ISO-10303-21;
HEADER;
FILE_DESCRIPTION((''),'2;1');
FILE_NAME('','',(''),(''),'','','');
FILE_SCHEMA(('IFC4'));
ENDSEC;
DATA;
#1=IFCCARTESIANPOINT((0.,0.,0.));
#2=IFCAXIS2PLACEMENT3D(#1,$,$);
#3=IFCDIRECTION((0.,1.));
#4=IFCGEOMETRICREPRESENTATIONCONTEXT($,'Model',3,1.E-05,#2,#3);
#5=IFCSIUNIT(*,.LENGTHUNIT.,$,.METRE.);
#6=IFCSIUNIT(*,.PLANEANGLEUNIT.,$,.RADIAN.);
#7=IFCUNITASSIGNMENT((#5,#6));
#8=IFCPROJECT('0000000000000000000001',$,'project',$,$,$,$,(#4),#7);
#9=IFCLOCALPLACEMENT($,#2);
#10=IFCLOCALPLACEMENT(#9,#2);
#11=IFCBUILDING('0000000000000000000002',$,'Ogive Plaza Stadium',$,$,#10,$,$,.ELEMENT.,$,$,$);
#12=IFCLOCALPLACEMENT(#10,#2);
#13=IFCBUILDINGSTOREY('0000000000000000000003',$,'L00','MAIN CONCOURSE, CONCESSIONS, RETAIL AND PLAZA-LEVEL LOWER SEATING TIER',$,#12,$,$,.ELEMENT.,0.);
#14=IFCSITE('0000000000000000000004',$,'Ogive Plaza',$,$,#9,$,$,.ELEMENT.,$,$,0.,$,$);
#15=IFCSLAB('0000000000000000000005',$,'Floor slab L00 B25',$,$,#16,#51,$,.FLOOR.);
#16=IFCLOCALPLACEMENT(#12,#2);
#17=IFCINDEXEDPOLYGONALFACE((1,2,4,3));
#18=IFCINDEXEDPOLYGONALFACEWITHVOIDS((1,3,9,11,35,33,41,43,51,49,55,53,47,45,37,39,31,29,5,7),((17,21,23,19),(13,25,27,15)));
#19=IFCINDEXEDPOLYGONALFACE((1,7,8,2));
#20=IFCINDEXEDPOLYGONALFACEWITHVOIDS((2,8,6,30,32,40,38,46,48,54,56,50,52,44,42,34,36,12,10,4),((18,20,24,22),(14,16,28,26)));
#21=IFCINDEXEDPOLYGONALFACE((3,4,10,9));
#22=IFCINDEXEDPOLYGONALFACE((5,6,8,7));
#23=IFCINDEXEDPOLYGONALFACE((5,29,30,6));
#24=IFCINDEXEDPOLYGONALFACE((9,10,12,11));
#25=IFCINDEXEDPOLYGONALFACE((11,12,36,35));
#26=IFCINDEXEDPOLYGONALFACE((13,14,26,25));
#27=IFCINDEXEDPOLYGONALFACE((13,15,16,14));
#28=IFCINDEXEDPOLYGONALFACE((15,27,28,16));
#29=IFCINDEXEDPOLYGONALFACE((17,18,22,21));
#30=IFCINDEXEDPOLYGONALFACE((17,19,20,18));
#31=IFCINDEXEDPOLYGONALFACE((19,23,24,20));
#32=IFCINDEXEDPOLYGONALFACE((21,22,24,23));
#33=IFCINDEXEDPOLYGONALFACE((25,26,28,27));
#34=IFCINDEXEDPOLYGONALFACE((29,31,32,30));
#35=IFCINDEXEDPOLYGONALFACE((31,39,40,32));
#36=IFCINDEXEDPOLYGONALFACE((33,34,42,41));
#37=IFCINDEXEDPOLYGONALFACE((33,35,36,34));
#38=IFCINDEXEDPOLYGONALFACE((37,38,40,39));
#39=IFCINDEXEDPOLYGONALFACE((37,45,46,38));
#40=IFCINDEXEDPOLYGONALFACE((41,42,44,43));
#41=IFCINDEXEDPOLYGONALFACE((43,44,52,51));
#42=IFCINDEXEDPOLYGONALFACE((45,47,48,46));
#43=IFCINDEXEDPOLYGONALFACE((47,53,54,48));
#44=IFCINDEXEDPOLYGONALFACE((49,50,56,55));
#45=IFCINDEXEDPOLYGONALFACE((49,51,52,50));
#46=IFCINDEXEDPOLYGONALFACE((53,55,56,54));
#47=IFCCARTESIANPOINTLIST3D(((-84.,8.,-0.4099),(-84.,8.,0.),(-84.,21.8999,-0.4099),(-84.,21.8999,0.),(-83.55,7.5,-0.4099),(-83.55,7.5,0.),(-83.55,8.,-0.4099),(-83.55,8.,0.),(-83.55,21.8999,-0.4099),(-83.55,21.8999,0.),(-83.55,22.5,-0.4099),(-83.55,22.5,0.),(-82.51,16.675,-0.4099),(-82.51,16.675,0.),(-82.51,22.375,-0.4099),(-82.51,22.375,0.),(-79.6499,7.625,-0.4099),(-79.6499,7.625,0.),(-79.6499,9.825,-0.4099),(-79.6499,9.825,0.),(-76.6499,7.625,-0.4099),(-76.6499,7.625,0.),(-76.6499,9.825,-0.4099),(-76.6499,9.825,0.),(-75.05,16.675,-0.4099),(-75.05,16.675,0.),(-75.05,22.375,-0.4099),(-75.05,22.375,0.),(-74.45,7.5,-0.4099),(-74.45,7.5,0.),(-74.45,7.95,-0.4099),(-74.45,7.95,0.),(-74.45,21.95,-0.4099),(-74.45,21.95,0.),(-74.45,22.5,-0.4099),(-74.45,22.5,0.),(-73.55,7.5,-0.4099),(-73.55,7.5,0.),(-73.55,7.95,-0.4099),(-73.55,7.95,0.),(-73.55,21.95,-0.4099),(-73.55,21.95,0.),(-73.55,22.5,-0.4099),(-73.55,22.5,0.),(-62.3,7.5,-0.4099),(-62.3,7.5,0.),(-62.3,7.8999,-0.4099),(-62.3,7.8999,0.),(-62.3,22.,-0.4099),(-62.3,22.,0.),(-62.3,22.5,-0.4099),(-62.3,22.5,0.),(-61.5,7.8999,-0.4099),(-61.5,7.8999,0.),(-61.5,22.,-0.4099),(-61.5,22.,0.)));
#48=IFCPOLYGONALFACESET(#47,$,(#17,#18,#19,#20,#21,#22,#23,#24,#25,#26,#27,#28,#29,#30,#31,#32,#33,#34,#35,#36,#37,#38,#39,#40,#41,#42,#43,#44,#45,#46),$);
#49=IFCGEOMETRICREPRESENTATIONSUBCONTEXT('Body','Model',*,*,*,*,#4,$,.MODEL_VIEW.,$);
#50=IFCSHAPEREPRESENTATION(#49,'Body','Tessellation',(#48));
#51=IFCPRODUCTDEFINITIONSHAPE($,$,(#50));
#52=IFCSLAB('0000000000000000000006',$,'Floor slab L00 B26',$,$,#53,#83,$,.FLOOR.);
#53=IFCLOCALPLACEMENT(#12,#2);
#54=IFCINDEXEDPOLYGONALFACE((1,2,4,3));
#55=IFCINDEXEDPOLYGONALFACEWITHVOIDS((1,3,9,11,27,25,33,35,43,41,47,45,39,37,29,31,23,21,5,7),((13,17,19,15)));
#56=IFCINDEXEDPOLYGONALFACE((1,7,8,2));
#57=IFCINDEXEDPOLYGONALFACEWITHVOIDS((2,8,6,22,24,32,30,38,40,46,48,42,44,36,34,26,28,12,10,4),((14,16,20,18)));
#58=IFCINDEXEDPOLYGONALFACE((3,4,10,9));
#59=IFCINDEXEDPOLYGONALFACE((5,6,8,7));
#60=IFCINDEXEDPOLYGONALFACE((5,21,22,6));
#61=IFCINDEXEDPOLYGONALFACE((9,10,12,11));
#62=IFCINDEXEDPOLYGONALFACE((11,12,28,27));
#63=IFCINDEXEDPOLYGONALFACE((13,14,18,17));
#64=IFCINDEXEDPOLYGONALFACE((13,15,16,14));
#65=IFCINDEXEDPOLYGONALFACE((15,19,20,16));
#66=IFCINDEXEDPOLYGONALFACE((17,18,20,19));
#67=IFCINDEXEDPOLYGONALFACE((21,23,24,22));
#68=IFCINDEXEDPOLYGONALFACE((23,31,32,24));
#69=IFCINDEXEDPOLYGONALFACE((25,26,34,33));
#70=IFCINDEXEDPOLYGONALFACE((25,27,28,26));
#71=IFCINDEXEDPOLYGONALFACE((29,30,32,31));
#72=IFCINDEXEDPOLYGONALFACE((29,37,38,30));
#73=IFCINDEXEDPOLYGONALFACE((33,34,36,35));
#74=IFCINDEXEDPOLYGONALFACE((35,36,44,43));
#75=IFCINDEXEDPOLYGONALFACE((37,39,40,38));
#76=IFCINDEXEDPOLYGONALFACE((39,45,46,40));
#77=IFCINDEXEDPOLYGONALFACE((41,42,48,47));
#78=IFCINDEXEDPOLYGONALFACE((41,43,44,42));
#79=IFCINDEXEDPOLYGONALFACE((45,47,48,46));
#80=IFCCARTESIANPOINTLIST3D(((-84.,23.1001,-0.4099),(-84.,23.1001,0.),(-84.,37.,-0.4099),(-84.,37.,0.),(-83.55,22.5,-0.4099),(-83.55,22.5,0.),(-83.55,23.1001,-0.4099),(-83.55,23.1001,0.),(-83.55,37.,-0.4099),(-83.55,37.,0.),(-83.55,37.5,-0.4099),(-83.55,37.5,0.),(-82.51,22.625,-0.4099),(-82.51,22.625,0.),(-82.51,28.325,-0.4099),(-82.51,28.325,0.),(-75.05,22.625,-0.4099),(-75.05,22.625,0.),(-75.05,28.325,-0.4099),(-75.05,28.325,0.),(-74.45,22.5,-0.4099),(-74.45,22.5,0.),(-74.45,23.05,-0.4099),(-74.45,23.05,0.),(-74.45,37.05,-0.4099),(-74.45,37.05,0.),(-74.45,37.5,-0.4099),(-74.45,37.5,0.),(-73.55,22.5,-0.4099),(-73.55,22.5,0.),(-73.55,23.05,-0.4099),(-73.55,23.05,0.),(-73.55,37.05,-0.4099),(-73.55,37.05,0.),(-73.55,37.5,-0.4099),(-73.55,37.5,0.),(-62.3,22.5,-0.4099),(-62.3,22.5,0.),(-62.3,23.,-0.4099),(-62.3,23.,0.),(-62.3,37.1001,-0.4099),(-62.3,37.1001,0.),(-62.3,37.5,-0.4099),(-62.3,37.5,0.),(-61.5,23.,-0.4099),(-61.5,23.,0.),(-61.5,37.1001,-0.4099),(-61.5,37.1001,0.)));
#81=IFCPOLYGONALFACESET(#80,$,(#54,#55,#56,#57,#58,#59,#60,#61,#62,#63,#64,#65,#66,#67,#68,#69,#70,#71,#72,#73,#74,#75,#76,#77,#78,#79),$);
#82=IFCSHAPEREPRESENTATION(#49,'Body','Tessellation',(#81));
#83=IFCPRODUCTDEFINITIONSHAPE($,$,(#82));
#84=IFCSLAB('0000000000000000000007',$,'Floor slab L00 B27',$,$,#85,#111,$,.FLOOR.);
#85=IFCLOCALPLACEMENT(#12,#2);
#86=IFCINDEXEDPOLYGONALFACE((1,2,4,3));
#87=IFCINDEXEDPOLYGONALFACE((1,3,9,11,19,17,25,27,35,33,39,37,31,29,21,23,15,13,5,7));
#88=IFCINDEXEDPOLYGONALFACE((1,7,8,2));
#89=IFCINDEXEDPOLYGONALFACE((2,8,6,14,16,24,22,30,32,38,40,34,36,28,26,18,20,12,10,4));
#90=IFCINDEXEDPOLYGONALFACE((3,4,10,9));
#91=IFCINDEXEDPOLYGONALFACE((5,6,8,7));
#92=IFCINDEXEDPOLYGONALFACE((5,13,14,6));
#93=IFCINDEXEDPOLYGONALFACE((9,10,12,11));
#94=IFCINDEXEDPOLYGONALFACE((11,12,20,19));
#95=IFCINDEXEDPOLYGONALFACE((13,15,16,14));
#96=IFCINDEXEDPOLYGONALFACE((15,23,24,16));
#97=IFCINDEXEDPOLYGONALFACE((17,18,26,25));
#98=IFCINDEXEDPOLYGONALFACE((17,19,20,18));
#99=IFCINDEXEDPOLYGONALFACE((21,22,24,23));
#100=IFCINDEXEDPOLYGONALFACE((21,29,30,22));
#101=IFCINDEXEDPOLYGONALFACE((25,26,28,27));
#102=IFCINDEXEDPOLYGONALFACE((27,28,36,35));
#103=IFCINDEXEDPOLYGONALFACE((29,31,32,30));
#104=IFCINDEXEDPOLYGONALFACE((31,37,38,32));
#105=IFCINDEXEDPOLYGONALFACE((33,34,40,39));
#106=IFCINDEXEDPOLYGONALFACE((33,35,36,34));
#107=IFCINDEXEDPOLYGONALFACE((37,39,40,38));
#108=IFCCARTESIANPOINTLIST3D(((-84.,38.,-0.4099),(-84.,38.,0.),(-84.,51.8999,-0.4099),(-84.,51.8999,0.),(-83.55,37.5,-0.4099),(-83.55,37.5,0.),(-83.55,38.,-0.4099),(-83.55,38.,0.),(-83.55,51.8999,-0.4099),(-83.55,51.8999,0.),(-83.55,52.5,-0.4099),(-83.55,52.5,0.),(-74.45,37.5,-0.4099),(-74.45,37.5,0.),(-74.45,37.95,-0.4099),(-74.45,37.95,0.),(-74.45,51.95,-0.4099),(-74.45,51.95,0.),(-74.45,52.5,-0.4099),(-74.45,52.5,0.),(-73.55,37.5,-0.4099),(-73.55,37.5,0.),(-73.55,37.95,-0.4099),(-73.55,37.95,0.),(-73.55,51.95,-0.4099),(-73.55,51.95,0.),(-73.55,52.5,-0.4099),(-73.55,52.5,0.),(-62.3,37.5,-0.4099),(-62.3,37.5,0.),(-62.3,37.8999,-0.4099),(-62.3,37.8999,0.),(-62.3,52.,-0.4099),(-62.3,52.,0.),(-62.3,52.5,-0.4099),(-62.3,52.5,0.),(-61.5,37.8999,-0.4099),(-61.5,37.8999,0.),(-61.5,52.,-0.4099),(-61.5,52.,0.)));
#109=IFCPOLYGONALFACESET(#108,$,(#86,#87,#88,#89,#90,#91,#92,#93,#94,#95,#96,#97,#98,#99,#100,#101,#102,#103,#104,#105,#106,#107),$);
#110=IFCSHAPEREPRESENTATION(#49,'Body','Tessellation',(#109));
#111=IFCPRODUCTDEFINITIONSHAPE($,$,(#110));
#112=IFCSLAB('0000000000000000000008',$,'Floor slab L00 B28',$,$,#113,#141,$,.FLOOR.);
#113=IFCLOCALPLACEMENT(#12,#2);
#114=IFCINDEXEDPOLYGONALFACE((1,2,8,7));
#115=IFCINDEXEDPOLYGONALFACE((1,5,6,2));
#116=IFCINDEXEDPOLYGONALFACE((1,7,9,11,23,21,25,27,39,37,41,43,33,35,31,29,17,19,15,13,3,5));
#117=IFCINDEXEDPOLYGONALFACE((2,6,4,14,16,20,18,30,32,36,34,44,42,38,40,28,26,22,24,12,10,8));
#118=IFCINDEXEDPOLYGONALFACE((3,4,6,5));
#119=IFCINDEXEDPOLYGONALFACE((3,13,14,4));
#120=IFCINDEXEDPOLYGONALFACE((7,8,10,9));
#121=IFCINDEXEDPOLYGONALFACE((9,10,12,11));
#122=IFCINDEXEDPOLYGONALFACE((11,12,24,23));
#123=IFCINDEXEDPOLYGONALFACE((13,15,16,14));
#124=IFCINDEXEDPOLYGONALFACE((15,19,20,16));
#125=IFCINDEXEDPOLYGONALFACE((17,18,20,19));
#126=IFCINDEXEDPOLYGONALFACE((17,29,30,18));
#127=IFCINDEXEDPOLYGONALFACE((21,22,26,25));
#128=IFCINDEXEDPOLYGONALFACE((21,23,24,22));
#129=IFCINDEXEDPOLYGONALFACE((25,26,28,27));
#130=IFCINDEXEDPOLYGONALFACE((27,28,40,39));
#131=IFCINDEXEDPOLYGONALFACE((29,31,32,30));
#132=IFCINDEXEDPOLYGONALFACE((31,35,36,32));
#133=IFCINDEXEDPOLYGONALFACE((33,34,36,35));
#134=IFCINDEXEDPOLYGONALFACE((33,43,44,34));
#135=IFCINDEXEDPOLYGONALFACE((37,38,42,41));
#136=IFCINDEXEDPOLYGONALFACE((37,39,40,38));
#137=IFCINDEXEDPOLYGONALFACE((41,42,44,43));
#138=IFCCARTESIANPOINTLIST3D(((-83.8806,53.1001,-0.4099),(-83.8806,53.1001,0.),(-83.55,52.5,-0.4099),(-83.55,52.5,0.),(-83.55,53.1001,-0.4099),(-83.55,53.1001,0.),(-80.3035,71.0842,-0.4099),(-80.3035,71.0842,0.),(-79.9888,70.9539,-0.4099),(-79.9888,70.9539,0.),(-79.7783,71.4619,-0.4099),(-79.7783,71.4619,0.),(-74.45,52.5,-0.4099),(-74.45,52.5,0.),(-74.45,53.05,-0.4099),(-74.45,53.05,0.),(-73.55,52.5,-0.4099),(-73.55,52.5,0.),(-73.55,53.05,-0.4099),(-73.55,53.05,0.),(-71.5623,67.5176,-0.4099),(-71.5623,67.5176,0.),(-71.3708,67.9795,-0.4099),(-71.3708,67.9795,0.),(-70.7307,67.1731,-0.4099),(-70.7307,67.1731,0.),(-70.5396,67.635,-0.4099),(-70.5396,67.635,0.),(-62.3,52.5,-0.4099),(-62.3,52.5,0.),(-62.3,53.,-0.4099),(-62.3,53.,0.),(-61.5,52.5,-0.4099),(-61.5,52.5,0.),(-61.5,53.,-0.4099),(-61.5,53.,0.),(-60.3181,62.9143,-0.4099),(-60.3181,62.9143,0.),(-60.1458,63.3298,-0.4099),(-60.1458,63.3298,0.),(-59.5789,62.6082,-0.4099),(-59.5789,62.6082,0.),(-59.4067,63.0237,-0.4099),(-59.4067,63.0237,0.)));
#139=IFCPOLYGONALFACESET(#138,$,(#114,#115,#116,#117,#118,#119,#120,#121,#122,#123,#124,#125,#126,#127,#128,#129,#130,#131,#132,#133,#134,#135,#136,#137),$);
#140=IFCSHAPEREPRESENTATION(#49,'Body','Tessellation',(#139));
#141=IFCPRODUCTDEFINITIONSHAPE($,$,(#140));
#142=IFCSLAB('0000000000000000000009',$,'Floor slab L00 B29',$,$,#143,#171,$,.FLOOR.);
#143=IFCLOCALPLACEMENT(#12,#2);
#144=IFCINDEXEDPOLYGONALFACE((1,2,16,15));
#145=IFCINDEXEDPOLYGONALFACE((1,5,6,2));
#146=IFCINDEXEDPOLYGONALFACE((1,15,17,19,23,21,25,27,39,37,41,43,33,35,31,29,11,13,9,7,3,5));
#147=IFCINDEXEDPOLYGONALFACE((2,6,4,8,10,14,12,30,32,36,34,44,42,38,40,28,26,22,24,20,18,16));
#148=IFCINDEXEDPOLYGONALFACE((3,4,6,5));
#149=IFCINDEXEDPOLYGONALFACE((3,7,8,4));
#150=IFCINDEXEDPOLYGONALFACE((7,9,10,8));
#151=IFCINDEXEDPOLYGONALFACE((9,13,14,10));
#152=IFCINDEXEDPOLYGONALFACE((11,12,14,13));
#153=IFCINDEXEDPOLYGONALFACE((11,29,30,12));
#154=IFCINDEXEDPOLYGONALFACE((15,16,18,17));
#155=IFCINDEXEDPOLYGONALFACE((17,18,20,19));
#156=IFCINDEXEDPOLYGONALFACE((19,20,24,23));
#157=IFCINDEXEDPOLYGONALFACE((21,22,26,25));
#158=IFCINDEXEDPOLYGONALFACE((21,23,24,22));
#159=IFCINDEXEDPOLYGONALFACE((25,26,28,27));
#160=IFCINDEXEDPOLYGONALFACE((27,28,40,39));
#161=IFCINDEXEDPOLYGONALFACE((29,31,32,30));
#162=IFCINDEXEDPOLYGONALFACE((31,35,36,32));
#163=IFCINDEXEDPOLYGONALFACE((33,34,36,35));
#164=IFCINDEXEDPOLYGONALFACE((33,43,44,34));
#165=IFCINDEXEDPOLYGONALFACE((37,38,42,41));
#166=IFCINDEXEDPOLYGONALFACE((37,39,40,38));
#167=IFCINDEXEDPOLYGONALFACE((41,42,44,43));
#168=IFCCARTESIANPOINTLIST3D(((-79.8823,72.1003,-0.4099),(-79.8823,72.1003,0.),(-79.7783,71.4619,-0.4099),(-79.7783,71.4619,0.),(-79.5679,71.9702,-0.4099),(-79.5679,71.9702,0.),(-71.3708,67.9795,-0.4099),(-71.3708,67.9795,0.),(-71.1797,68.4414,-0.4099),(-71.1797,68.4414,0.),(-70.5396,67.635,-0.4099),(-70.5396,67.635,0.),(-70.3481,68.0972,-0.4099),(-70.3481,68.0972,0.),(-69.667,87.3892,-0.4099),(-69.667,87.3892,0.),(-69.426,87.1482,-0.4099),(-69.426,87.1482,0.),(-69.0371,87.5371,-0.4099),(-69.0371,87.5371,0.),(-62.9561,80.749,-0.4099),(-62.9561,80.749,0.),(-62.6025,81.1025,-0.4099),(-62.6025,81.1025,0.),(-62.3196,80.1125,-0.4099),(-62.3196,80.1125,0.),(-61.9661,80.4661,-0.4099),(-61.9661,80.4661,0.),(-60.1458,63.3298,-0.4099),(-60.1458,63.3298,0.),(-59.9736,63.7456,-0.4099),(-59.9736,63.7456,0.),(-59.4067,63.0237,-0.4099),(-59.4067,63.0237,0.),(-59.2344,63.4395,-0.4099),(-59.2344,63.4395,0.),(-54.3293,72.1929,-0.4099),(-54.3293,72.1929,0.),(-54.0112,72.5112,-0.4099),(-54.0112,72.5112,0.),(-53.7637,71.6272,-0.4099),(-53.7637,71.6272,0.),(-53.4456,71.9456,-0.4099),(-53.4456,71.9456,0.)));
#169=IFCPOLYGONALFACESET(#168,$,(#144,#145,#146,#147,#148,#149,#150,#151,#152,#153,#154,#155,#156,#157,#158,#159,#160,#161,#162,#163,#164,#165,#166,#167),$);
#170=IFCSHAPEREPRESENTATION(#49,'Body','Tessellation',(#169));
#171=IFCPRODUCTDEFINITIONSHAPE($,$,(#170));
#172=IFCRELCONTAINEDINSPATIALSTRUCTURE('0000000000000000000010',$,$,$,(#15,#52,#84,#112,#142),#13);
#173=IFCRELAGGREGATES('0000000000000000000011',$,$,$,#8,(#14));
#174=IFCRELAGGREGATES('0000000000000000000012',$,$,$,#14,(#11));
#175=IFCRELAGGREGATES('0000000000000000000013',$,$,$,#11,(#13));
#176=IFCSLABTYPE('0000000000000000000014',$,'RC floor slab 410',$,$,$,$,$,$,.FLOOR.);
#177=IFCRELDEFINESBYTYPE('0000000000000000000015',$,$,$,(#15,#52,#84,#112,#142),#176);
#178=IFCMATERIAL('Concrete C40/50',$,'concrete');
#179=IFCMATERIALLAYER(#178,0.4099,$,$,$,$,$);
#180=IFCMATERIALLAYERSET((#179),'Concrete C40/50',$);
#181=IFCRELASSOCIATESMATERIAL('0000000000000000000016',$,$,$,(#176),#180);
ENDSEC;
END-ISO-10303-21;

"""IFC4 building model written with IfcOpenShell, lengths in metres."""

from ifc_helpers import new_model, si_unit, direction, frame, origin, place, context, subcontext, project, spatial, polyline, outline, extrude, material, layer, layer_set, type_object, element, save


model = new_model("IFC4")

# Units and contexts
model_context = context("Model", 3, precision=1e-05, world=origin(), true_north=direction((0.0, 1.0)))
body_context = subcontext(model_context, "Body", "Model", "MODEL_VIEW")
ifc_project = project(units=[si_unit("LENGTHUNIT", "METRE"), si_unit("PLANEANGLEUNIT", "RADIAN")], contexts=[model_context])

# Site, building, storey
site_placement = place(None, origin())
site = spatial("IfcSite", under=ifc_project, at=site_placement, Name="Ogive Plaza", CompositionType="ELEMENT", RefElevation=0.0)
building_placement = place(site_placement, origin())
building = spatial("IfcBuilding", under=site, at=building_placement, Name="Ogive Plaza Stadium", CompositionType="ELEMENT")
storey_placement = place(building_placement, origin())
storey = spatial("IfcBuildingStorey", under=building, at=storey_placement, Name="L00", Description="MAIN CONCOURSE, CONCESSIONS, RETAIL AND PLAZA-LEVEL LOWER SEATING TIER", CompositionType="ELEMENT", Elevation=0.0)

# Slabs
ifc_material = material(Name="Concrete C40/50", Category="concrete")
ifc_layer = layer(ifc_material, 0.4099)
ifc_layer_set = layer_set([ifc_layer], Name="Concrete C40/50")
slab_type = type_object("IfcSlabType", Name="RC floor slab 410", PredefinedType="FLOOR", material=ifc_layer_set)
slab_1_placement = place(storey_placement, frame((0.0, 0.0, -0.4099)))
element("IfcSlab", 1, at=slab_1_placement, inside=storey, type_object=slab_type, Name="Floor slab L00 B25", PredefinedType="FLOOR", context=body_context, shape_type="SweptSolid", body=[
    extrude(outline(polyline([(-73.55, 22.5), (-73.55, 21.95), (-74.45, 21.95), (-74.45, 22.5), (-83.55, 22.5), (-83.55, 21.8999), (-84.0, 21.8999), (-84.0, 8.0), (-83.55, 8.0), (-83.55, 7.5), (-74.45, 7.5), (-74.45, 7.95), (-73.55, 7.95), (-73.55, 7.5), (-62.3, 7.5), (-62.3, 7.8999), (-61.5, 7.8999), (-61.5, 22.0), (-62.3, 22.0), (-62.3, 22.5), (-73.55, 22.5)]), holes=[polyline([(-76.6499, 9.825), (-79.6499, 9.825), (-79.6499, 7.625), (-76.6499, 7.625), (-76.6499, 9.825)]), polyline([(-75.05, 22.375), (-82.51, 22.375), (-82.51, 16.675), (-75.05, 16.675), (-75.05, 22.375)])]), origin(), (0.0, 0.0, 1.0), 0.4099),
])
slab_2_placement = place(storey_placement, frame((0.0, 0.0, -0.4099)))
element("IfcSlab", 2, at=slab_2_placement, inside=storey, type_object=slab_type, Name="Floor slab L00 B26", PredefinedType="FLOOR", context=body_context, shape_type="SweptSolid", body=[
    extrude(outline(polyline([(-73.55, 37.5), (-73.55, 37.05), (-74.45, 37.05), (-74.45, 37.5), (-83.55, 37.5), (-83.55, 37.0), (-84.0, 37.0), (-84.0, 23.1001), (-83.55, 23.1001), (-83.55, 22.5), (-74.45, 22.5), (-74.45, 23.05), (-73.55, 23.05), (-73.55, 22.5), (-62.3, 22.5), (-62.3, 23.0), (-61.5, 23.0), (-61.5, 37.1001), (-62.3, 37.1001), (-62.3, 37.5), (-73.55, 37.5)]), holes=[polyline([(-75.05, 28.325), (-82.51, 28.325), (-82.51, 22.625), (-75.05, 22.625), (-75.05, 28.325)])]), origin(), (0.0, 0.0, 1.0), 0.4099),
])
slab_3_placement = place(storey_placement, frame((0.0, 0.0, -0.4099)))
element("IfcSlab", 3, at=slab_3_placement, inside=storey, type_object=slab_type, Name="Floor slab L00 B27", PredefinedType="FLOOR", context=body_context, shape_type="SweptSolid", body=[
    extrude(outline(polyline([(-73.55, 52.5), (-73.55, 51.95), (-74.45, 51.95), (-74.45, 52.5), (-83.55, 52.5), (-83.55, 51.8999), (-84.0, 51.8999), (-84.0, 38.0), (-83.55, 38.0), (-83.55, 37.5), (-74.45, 37.5), (-74.45, 37.95), (-73.55, 37.95), (-73.55, 37.5), (-62.3, 37.5), (-62.3, 37.8999), (-61.5, 37.8999), (-61.5, 52.0), (-62.3, 52.0), (-62.3, 52.5), (-73.55, 52.5)])), origin(), (0.0, 0.0, 1.0), 0.4099),
])
slab_4_placement = place(storey_placement, frame((0.0, 0.0, -0.4099)))
element("IfcSlab", 4, at=slab_4_placement, inside=storey, type_object=slab_type, Name="Floor slab L00 B28", PredefinedType="FLOOR", context=body_context, shape_type="SweptSolid", body=[
    extrude(outline(polyline([(-70.5396, 67.635), (-70.7307, 67.1731), (-71.5623, 67.5176), (-71.3708, 67.9795), (-79.7783, 71.4619), (-79.9888, 70.9539), (-80.3035, 71.0842), (-83.8806, 53.1001), (-83.55, 53.1001), (-83.55, 52.5), (-74.45, 52.5), (-74.45, 53.05), (-73.55, 53.05), (-73.55, 52.5), (-62.3, 52.5), (-62.3, 53.0), (-61.5, 53.0), (-61.5, 52.5), (-59.4067, 63.0237), (-59.5789, 62.6082), (-60.3181, 62.9143), (-60.1458, 63.3298), (-70.5396, 67.635)])), origin(), (0.0, 0.0, 1.0), 0.4099),
])
slab_5_placement = place(storey_placement, frame((0.0, 0.0, -0.4099)))
element("IfcSlab", 5, at=slab_5_placement, inside=storey, type_object=slab_type, Name="Floor slab L00 B29", PredefinedType="FLOOR", context=body_context, shape_type="SweptSolid", body=[
    extrude(outline(polyline([(-61.9661, 80.4661), (-62.3196, 80.1125), (-62.9561, 80.749), (-62.6025, 81.1025), (-69.0371, 87.5371), (-69.426, 87.1482), (-69.667, 87.3892), (-79.8823, 72.1003), (-79.5679, 71.9702), (-79.7783, 71.4619), (-71.3708, 67.9795), (-71.1797, 68.4414), (-70.3481, 68.0972), (-70.5396, 67.635), (-60.1458, 63.3298), (-59.9736, 63.7456), (-59.2344, 63.4395), (-59.4067, 63.0237), (-53.4456, 71.9456), (-53.7637, 71.6272), (-54.3293, 72.1929), (-54.0112, 72.5112), (-61.9661, 80.4661)])), origin(), (0.0, 0.0, 1.0), 0.4099),
])

save(model, "model.ifc")
